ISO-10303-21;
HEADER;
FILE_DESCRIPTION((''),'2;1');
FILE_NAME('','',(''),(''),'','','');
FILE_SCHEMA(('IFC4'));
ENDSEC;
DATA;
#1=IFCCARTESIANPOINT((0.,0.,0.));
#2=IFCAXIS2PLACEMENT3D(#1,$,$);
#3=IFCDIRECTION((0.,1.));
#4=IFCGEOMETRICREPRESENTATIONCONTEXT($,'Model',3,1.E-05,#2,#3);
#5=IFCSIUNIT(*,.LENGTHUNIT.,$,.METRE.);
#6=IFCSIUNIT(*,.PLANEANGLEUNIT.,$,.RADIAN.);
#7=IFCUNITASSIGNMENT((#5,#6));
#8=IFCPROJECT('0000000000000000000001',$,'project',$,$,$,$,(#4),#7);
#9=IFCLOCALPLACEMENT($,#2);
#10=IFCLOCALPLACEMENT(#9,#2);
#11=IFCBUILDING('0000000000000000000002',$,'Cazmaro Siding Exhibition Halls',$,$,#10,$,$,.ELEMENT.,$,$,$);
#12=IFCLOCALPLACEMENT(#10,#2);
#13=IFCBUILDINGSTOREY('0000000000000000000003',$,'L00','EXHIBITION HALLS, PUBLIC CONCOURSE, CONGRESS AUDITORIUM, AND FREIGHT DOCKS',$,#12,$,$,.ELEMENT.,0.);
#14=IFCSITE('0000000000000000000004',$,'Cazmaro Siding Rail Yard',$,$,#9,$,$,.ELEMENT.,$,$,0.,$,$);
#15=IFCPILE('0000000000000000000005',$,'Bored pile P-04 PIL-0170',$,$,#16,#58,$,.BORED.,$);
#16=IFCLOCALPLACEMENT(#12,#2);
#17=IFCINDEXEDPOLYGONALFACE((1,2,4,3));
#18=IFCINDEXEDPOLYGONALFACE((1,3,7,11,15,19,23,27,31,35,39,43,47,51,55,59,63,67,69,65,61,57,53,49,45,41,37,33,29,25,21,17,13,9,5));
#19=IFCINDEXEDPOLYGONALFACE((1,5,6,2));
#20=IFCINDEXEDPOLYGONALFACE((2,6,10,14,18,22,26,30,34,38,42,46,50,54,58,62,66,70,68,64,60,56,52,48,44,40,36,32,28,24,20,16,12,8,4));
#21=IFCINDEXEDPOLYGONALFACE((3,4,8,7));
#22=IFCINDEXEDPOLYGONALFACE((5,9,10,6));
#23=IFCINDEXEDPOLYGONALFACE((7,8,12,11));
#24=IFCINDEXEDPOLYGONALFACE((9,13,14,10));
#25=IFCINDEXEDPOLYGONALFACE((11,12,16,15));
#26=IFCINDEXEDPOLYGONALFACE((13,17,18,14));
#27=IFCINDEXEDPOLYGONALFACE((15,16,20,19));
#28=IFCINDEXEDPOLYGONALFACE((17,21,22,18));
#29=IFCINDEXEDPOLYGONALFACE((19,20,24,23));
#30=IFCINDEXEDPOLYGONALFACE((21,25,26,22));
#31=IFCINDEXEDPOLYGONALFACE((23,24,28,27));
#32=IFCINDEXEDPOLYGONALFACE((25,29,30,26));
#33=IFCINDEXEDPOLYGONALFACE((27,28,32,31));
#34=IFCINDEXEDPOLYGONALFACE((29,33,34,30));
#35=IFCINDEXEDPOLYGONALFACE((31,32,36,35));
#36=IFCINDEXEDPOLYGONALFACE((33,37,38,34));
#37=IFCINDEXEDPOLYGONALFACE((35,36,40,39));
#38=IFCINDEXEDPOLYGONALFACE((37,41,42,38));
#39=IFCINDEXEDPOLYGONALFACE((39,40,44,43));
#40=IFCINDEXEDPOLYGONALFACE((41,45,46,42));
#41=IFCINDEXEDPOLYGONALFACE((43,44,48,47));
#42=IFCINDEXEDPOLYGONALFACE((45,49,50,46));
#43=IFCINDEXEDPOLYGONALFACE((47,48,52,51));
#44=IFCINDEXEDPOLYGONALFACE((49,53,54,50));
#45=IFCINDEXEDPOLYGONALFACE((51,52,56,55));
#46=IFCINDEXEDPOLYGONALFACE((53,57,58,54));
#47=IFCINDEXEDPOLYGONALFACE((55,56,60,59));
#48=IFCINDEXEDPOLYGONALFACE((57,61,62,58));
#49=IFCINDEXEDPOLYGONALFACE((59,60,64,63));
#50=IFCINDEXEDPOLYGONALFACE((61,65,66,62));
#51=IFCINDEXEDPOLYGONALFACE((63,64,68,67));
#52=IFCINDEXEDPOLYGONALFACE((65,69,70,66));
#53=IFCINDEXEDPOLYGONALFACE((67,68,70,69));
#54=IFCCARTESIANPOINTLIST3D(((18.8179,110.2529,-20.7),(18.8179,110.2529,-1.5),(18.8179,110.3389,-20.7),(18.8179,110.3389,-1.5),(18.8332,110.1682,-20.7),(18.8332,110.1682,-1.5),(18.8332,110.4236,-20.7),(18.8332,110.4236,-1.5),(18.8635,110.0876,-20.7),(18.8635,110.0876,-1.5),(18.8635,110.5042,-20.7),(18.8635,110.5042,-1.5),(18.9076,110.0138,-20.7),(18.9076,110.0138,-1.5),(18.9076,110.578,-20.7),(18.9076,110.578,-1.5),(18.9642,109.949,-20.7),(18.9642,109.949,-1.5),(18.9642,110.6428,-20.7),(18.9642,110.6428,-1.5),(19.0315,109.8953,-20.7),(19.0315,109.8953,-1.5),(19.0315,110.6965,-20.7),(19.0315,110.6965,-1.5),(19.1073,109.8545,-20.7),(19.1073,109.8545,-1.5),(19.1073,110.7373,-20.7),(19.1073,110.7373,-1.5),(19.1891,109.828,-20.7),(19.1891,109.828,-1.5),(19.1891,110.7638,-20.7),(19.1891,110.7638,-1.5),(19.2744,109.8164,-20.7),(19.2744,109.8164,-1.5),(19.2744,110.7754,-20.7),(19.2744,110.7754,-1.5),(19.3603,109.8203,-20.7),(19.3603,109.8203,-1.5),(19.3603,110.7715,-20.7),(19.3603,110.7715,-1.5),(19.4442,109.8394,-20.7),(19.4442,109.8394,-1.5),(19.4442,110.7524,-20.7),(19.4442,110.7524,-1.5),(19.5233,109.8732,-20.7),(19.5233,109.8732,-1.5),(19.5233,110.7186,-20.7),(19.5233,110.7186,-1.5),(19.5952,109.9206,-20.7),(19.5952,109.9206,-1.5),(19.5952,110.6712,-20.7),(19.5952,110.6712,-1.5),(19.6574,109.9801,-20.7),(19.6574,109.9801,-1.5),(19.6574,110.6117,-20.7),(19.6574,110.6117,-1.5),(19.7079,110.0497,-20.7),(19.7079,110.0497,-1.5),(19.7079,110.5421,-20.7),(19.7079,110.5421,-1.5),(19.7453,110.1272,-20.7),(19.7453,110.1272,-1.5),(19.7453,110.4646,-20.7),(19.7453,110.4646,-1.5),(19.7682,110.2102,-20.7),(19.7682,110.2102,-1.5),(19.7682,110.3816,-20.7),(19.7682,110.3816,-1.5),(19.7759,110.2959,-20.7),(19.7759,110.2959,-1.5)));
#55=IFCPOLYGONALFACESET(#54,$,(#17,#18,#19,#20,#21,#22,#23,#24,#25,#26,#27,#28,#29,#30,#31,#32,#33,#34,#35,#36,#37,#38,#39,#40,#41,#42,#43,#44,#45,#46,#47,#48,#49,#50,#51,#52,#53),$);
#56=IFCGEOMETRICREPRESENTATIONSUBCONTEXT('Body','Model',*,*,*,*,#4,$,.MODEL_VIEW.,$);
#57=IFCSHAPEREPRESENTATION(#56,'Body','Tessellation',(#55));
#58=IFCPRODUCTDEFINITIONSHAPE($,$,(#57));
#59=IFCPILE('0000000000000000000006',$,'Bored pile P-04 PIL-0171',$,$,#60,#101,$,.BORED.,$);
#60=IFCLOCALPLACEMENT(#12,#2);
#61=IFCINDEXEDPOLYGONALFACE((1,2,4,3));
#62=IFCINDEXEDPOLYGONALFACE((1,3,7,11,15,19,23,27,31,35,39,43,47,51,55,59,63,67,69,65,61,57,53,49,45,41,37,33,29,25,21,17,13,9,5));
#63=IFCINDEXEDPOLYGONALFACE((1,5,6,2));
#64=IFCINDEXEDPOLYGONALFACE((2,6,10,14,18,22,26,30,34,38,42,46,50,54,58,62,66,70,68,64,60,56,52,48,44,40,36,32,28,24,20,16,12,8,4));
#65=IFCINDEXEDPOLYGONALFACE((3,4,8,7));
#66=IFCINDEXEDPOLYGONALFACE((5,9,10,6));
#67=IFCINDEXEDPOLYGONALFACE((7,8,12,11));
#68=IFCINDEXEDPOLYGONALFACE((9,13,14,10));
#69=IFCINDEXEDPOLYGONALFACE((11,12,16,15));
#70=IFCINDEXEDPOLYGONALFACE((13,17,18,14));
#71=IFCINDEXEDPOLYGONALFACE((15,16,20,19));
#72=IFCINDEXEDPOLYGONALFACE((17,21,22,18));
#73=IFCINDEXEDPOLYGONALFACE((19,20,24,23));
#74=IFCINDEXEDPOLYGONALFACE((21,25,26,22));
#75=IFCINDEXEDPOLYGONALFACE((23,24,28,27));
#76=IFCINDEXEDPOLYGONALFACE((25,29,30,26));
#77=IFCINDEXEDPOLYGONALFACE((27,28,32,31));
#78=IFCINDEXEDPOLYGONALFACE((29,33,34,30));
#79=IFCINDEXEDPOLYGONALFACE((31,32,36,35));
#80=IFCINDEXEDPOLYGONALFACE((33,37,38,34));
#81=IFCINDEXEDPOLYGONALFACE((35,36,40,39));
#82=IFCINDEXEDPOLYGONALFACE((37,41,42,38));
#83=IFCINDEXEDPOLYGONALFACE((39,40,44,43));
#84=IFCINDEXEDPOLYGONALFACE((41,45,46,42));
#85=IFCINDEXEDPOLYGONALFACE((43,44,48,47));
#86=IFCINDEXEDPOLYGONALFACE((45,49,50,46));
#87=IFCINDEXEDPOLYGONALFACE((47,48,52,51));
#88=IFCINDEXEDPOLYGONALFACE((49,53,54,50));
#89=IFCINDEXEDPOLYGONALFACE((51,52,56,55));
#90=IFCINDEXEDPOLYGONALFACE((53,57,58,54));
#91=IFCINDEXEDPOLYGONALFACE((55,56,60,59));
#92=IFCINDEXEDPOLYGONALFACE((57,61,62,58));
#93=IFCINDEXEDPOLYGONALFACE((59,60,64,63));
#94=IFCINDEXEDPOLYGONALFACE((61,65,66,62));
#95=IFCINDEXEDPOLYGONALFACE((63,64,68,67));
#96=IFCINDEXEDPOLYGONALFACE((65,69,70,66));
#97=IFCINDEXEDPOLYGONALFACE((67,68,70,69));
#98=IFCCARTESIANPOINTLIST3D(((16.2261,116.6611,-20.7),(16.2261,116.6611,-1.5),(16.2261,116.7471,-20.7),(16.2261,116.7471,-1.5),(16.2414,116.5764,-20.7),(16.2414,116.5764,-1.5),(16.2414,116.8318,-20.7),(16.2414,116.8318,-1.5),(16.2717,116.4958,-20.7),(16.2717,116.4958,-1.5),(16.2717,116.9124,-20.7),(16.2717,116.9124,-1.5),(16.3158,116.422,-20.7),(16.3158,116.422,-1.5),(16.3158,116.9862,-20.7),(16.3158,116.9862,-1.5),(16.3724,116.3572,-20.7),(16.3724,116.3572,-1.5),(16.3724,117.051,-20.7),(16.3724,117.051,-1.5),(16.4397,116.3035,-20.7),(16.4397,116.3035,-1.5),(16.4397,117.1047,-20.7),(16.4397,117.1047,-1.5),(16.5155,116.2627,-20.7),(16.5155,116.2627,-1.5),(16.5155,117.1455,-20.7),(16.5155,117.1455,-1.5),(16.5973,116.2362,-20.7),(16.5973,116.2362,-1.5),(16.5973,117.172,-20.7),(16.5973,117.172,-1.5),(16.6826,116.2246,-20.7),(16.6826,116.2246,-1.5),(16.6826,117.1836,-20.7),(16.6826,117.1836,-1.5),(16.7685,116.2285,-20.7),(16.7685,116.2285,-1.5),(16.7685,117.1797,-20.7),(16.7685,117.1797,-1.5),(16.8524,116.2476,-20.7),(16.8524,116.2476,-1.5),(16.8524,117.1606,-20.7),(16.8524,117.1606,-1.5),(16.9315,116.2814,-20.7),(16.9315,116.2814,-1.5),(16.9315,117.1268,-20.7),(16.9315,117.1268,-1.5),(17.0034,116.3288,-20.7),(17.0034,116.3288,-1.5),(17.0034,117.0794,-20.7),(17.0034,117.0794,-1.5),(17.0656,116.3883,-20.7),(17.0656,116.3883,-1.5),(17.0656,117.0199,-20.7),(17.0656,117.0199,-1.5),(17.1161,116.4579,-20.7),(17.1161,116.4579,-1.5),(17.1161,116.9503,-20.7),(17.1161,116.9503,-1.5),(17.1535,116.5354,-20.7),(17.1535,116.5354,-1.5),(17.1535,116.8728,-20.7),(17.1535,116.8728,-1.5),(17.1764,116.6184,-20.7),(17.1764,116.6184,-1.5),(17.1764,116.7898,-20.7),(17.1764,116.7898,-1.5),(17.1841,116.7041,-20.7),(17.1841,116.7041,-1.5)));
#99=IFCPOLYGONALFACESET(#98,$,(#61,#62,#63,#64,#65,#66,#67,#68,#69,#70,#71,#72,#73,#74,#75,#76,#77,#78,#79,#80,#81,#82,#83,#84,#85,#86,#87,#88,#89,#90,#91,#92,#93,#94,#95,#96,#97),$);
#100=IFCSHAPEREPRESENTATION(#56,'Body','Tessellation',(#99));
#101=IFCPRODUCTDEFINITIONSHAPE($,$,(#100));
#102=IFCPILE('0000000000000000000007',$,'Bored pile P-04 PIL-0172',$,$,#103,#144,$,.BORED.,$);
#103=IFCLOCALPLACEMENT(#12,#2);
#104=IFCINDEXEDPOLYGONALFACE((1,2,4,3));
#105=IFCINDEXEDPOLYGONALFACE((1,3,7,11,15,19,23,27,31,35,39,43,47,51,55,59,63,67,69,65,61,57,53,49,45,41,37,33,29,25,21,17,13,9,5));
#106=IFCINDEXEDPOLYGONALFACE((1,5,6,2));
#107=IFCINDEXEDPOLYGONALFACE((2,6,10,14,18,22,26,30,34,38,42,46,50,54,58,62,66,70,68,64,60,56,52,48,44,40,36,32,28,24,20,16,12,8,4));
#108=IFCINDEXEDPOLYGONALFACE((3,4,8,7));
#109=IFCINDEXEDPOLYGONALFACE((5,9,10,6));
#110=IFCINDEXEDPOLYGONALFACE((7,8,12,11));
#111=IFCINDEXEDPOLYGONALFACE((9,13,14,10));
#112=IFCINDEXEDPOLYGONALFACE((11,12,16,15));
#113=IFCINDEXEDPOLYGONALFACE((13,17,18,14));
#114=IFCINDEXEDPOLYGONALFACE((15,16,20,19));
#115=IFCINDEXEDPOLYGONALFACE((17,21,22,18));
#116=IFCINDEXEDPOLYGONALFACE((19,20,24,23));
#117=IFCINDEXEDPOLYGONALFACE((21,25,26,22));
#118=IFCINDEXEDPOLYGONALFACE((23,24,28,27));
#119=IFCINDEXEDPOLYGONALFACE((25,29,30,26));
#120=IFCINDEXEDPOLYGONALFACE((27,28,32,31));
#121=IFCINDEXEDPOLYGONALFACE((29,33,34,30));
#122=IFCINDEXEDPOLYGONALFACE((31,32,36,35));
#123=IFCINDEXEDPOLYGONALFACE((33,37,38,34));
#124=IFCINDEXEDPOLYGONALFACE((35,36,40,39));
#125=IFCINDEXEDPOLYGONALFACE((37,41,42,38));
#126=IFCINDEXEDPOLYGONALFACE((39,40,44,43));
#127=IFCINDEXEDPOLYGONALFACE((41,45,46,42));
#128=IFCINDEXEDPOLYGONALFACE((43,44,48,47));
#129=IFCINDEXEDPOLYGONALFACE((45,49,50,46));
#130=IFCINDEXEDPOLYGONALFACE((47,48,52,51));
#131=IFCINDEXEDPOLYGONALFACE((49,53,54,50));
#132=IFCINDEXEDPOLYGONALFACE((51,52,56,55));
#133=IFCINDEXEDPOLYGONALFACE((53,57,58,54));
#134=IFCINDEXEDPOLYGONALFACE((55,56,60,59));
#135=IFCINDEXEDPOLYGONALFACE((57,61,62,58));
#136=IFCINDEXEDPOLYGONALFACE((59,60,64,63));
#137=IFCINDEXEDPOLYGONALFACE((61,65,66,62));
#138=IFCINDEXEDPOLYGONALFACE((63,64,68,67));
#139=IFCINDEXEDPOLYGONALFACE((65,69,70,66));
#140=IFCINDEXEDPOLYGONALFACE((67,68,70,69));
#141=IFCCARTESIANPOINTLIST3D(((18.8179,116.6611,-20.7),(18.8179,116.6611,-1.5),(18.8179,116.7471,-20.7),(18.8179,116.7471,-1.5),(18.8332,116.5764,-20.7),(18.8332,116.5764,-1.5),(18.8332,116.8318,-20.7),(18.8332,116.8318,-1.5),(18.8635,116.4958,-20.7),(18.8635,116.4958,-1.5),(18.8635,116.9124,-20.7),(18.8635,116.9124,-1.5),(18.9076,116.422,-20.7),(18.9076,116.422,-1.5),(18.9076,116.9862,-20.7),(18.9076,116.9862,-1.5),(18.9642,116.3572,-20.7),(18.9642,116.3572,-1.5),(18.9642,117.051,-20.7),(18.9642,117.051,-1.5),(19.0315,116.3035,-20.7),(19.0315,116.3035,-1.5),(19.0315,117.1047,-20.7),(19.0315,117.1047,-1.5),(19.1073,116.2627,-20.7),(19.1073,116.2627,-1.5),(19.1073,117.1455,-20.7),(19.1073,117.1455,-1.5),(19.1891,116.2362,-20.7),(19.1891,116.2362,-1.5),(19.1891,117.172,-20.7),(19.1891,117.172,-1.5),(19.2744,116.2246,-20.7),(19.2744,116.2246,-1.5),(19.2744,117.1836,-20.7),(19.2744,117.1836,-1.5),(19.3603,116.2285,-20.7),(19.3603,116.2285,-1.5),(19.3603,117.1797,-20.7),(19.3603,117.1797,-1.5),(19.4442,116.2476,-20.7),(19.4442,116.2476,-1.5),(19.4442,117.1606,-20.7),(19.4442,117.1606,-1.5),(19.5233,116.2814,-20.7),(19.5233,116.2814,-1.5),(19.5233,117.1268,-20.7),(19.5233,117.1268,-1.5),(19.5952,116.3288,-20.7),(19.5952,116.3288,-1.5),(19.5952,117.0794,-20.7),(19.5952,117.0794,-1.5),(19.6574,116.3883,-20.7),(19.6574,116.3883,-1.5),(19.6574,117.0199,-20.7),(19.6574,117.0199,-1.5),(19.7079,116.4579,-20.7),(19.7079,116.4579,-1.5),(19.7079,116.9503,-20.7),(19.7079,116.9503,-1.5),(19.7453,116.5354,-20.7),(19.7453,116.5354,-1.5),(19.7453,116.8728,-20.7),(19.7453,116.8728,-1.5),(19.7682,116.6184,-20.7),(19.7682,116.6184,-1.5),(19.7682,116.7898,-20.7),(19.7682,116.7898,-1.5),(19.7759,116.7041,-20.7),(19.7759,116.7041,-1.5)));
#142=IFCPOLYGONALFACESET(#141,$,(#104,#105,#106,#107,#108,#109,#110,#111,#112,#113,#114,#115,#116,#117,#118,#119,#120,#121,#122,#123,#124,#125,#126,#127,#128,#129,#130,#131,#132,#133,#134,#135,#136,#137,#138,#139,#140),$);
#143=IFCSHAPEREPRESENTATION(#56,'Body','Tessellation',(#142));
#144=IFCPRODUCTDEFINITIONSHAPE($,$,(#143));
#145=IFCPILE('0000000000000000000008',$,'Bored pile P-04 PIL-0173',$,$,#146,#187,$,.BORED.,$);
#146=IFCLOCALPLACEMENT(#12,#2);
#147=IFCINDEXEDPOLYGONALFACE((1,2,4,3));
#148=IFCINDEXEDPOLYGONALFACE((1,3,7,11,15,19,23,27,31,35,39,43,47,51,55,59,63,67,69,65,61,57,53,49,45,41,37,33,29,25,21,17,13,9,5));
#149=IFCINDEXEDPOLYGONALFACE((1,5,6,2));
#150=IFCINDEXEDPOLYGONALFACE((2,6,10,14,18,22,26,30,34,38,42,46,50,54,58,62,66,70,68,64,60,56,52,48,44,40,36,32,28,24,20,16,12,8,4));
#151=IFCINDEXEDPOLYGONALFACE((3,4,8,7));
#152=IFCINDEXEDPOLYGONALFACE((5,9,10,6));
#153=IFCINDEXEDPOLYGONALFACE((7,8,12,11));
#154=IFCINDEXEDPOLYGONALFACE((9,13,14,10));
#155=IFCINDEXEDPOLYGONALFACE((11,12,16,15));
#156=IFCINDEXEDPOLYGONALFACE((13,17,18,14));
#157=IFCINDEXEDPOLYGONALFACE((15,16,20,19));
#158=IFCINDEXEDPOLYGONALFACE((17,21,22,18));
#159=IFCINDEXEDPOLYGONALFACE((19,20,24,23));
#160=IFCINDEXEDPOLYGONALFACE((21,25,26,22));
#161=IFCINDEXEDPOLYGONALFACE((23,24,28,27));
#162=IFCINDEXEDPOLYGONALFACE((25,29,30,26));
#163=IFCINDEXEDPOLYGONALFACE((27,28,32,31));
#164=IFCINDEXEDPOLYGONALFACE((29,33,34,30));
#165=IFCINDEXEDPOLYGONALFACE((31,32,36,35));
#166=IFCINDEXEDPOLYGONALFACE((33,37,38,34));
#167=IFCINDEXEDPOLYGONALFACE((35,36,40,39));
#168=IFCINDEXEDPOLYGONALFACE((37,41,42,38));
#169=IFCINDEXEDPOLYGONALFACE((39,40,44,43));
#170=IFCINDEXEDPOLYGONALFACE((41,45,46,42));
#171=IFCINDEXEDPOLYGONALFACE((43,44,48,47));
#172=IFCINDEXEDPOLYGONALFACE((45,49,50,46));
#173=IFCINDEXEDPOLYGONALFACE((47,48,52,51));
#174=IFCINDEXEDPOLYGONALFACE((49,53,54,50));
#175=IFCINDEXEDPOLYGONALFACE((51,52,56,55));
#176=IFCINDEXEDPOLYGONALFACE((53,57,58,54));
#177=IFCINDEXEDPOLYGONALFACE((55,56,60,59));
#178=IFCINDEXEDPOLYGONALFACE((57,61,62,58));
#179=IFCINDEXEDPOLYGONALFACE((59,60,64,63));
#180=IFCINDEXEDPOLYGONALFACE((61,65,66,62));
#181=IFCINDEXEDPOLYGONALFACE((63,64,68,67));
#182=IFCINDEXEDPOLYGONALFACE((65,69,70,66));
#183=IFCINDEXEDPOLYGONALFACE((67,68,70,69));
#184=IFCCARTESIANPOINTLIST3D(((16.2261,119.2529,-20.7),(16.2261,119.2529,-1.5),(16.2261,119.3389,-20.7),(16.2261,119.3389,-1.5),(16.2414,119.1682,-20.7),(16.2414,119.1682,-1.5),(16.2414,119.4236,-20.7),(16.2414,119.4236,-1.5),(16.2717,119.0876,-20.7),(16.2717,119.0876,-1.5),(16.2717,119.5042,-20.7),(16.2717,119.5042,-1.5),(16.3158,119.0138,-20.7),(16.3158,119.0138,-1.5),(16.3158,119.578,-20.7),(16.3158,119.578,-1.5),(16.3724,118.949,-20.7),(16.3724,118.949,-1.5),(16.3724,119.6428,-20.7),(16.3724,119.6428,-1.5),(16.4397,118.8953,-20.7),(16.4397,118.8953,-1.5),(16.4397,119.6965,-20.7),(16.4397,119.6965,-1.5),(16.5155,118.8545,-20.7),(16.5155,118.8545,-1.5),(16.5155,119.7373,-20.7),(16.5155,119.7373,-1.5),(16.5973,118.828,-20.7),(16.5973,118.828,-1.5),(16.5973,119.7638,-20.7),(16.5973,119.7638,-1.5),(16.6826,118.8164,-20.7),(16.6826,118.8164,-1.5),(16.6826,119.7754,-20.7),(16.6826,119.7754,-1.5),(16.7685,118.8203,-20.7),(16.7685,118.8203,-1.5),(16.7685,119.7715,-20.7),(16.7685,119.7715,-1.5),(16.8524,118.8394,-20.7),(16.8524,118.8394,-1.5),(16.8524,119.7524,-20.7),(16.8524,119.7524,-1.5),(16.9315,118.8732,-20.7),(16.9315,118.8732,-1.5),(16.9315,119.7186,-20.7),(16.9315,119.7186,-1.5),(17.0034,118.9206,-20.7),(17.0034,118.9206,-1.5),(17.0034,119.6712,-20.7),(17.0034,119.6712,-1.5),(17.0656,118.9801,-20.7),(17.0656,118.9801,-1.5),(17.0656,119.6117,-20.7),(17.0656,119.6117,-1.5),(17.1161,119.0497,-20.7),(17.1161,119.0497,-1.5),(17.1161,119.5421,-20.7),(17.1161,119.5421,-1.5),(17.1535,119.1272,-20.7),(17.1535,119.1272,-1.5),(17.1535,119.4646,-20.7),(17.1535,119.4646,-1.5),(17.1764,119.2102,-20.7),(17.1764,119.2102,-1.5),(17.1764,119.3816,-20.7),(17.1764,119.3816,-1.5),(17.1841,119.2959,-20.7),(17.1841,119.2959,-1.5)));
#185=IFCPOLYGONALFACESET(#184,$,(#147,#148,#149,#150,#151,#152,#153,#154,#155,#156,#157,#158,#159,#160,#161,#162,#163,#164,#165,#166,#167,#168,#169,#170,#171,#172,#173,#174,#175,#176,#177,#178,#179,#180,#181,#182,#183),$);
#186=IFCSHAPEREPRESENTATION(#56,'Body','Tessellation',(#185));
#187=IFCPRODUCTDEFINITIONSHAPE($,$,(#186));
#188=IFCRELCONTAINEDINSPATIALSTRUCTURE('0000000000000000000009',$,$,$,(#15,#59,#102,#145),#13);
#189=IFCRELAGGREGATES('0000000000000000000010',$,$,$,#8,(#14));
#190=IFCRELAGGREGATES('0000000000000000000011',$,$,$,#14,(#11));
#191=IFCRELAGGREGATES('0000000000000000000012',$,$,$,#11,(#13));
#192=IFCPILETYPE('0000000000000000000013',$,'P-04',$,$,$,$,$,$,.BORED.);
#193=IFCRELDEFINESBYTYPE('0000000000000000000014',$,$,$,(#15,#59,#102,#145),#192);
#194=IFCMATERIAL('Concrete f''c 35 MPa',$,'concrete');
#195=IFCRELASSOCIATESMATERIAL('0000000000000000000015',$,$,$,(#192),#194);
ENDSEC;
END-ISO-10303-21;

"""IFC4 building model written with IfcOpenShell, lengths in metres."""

from ifc_helpers import new_model, si_unit, direction, frame, origin, origin_2d, place, context, subcontext, project, spatial, circle, extrude, material, material_profile, profile_set, type_object, element, save


model = new_model("IFC4")

# Units and contexts
model_context = context("Model", 3, precision=1e-05, world=origin(), true_north=direction((0.0, 1.0)))
body_context = subcontext(model_context, "Body", "Model", "MODEL_VIEW")
ifc_project = project(units=[si_unit("LENGTHUNIT", "METRE"), si_unit("PLANEANGLEUNIT", "RADIAN")], contexts=[model_context])

# Site, building, storey
site_placement = place(None, origin())
site = spatial("IfcSite", under=ifc_project, at=site_placement, Name="Cazmaro Siding Rail Yard", CompositionType="ELEMENT", RefElevation=0.0)
building_placement = place(site_placement, origin())
building = spatial("IfcBuilding", under=site, at=building_placement, Name="Cazmaro Siding Exhibition Halls", CompositionType="ELEMENT")
storey_placement = place(building_placement, origin())
storey = spatial("IfcBuildingStorey", under=building, at=storey_placement, Name="L00", Description="EXHIBITION HALLS, PUBLIC CONCOURSE, CONGRESS AUDITORIUM, AND FREIGHT DOCKS", CompositionType="ELEMENT", Elevation=0.0)

# Piles
ifc_material_1 = material(Name="Concrete f'c 35 MPa", Category="concrete")
ifc_material_profile_1 = material_profile(ifc_material_1, circle(Radius=0.48, at=origin_2d()), Name="CIDH-960")
ifc_profile_set_1 = profile_set([ifc_material_profile_1], Name="Concrete f'c 35 MPa")
pile_type = type_object("IfcPileType", Name="P-04", PredefinedType="BORED", material=ifc_profile_set_1)
for number, where, z_axis, x_axis, name in (
    (1, (19.2959, 110.2959, -1.5), (0.0, 0.0, -1.0), (1.0, 0.0, 0.0), "Bored pile P-04 PIL-0170"),
    (2, (16.7041, 116.7041, -1.5), (0.0, 0.0, -1.0), (1.0, 0.0, 0.0), "Bored pile P-04 PIL-0171"),
    (3, (19.2959, 116.7041, -1.5), (0.0, 0.0, -1.0), (1.0, 0.0, 0.0), "Bored pile P-04 PIL-0172"),
    (4, (16.7041, 119.2959, -1.5), (0.0, 0.0, -1.0), (1.0, 0.0, 0.0), "Bored pile P-04 PIL-0173"),
):
    element("IfcPile", number, at=place(storey_placement, frame(where, z_axis=z_axis, x_axis=x_axis)), inside=storey, type_object=pile_type, Name=name, PredefinedType="BORED", context=body_context, shape_type="SweptSolid", body=[
        extrude(circle(Radius=0.48, at=origin_2d()), origin(), (0.0, 0.0, 1.0), 19.2),
    ])

save(model, "model.ifc")
